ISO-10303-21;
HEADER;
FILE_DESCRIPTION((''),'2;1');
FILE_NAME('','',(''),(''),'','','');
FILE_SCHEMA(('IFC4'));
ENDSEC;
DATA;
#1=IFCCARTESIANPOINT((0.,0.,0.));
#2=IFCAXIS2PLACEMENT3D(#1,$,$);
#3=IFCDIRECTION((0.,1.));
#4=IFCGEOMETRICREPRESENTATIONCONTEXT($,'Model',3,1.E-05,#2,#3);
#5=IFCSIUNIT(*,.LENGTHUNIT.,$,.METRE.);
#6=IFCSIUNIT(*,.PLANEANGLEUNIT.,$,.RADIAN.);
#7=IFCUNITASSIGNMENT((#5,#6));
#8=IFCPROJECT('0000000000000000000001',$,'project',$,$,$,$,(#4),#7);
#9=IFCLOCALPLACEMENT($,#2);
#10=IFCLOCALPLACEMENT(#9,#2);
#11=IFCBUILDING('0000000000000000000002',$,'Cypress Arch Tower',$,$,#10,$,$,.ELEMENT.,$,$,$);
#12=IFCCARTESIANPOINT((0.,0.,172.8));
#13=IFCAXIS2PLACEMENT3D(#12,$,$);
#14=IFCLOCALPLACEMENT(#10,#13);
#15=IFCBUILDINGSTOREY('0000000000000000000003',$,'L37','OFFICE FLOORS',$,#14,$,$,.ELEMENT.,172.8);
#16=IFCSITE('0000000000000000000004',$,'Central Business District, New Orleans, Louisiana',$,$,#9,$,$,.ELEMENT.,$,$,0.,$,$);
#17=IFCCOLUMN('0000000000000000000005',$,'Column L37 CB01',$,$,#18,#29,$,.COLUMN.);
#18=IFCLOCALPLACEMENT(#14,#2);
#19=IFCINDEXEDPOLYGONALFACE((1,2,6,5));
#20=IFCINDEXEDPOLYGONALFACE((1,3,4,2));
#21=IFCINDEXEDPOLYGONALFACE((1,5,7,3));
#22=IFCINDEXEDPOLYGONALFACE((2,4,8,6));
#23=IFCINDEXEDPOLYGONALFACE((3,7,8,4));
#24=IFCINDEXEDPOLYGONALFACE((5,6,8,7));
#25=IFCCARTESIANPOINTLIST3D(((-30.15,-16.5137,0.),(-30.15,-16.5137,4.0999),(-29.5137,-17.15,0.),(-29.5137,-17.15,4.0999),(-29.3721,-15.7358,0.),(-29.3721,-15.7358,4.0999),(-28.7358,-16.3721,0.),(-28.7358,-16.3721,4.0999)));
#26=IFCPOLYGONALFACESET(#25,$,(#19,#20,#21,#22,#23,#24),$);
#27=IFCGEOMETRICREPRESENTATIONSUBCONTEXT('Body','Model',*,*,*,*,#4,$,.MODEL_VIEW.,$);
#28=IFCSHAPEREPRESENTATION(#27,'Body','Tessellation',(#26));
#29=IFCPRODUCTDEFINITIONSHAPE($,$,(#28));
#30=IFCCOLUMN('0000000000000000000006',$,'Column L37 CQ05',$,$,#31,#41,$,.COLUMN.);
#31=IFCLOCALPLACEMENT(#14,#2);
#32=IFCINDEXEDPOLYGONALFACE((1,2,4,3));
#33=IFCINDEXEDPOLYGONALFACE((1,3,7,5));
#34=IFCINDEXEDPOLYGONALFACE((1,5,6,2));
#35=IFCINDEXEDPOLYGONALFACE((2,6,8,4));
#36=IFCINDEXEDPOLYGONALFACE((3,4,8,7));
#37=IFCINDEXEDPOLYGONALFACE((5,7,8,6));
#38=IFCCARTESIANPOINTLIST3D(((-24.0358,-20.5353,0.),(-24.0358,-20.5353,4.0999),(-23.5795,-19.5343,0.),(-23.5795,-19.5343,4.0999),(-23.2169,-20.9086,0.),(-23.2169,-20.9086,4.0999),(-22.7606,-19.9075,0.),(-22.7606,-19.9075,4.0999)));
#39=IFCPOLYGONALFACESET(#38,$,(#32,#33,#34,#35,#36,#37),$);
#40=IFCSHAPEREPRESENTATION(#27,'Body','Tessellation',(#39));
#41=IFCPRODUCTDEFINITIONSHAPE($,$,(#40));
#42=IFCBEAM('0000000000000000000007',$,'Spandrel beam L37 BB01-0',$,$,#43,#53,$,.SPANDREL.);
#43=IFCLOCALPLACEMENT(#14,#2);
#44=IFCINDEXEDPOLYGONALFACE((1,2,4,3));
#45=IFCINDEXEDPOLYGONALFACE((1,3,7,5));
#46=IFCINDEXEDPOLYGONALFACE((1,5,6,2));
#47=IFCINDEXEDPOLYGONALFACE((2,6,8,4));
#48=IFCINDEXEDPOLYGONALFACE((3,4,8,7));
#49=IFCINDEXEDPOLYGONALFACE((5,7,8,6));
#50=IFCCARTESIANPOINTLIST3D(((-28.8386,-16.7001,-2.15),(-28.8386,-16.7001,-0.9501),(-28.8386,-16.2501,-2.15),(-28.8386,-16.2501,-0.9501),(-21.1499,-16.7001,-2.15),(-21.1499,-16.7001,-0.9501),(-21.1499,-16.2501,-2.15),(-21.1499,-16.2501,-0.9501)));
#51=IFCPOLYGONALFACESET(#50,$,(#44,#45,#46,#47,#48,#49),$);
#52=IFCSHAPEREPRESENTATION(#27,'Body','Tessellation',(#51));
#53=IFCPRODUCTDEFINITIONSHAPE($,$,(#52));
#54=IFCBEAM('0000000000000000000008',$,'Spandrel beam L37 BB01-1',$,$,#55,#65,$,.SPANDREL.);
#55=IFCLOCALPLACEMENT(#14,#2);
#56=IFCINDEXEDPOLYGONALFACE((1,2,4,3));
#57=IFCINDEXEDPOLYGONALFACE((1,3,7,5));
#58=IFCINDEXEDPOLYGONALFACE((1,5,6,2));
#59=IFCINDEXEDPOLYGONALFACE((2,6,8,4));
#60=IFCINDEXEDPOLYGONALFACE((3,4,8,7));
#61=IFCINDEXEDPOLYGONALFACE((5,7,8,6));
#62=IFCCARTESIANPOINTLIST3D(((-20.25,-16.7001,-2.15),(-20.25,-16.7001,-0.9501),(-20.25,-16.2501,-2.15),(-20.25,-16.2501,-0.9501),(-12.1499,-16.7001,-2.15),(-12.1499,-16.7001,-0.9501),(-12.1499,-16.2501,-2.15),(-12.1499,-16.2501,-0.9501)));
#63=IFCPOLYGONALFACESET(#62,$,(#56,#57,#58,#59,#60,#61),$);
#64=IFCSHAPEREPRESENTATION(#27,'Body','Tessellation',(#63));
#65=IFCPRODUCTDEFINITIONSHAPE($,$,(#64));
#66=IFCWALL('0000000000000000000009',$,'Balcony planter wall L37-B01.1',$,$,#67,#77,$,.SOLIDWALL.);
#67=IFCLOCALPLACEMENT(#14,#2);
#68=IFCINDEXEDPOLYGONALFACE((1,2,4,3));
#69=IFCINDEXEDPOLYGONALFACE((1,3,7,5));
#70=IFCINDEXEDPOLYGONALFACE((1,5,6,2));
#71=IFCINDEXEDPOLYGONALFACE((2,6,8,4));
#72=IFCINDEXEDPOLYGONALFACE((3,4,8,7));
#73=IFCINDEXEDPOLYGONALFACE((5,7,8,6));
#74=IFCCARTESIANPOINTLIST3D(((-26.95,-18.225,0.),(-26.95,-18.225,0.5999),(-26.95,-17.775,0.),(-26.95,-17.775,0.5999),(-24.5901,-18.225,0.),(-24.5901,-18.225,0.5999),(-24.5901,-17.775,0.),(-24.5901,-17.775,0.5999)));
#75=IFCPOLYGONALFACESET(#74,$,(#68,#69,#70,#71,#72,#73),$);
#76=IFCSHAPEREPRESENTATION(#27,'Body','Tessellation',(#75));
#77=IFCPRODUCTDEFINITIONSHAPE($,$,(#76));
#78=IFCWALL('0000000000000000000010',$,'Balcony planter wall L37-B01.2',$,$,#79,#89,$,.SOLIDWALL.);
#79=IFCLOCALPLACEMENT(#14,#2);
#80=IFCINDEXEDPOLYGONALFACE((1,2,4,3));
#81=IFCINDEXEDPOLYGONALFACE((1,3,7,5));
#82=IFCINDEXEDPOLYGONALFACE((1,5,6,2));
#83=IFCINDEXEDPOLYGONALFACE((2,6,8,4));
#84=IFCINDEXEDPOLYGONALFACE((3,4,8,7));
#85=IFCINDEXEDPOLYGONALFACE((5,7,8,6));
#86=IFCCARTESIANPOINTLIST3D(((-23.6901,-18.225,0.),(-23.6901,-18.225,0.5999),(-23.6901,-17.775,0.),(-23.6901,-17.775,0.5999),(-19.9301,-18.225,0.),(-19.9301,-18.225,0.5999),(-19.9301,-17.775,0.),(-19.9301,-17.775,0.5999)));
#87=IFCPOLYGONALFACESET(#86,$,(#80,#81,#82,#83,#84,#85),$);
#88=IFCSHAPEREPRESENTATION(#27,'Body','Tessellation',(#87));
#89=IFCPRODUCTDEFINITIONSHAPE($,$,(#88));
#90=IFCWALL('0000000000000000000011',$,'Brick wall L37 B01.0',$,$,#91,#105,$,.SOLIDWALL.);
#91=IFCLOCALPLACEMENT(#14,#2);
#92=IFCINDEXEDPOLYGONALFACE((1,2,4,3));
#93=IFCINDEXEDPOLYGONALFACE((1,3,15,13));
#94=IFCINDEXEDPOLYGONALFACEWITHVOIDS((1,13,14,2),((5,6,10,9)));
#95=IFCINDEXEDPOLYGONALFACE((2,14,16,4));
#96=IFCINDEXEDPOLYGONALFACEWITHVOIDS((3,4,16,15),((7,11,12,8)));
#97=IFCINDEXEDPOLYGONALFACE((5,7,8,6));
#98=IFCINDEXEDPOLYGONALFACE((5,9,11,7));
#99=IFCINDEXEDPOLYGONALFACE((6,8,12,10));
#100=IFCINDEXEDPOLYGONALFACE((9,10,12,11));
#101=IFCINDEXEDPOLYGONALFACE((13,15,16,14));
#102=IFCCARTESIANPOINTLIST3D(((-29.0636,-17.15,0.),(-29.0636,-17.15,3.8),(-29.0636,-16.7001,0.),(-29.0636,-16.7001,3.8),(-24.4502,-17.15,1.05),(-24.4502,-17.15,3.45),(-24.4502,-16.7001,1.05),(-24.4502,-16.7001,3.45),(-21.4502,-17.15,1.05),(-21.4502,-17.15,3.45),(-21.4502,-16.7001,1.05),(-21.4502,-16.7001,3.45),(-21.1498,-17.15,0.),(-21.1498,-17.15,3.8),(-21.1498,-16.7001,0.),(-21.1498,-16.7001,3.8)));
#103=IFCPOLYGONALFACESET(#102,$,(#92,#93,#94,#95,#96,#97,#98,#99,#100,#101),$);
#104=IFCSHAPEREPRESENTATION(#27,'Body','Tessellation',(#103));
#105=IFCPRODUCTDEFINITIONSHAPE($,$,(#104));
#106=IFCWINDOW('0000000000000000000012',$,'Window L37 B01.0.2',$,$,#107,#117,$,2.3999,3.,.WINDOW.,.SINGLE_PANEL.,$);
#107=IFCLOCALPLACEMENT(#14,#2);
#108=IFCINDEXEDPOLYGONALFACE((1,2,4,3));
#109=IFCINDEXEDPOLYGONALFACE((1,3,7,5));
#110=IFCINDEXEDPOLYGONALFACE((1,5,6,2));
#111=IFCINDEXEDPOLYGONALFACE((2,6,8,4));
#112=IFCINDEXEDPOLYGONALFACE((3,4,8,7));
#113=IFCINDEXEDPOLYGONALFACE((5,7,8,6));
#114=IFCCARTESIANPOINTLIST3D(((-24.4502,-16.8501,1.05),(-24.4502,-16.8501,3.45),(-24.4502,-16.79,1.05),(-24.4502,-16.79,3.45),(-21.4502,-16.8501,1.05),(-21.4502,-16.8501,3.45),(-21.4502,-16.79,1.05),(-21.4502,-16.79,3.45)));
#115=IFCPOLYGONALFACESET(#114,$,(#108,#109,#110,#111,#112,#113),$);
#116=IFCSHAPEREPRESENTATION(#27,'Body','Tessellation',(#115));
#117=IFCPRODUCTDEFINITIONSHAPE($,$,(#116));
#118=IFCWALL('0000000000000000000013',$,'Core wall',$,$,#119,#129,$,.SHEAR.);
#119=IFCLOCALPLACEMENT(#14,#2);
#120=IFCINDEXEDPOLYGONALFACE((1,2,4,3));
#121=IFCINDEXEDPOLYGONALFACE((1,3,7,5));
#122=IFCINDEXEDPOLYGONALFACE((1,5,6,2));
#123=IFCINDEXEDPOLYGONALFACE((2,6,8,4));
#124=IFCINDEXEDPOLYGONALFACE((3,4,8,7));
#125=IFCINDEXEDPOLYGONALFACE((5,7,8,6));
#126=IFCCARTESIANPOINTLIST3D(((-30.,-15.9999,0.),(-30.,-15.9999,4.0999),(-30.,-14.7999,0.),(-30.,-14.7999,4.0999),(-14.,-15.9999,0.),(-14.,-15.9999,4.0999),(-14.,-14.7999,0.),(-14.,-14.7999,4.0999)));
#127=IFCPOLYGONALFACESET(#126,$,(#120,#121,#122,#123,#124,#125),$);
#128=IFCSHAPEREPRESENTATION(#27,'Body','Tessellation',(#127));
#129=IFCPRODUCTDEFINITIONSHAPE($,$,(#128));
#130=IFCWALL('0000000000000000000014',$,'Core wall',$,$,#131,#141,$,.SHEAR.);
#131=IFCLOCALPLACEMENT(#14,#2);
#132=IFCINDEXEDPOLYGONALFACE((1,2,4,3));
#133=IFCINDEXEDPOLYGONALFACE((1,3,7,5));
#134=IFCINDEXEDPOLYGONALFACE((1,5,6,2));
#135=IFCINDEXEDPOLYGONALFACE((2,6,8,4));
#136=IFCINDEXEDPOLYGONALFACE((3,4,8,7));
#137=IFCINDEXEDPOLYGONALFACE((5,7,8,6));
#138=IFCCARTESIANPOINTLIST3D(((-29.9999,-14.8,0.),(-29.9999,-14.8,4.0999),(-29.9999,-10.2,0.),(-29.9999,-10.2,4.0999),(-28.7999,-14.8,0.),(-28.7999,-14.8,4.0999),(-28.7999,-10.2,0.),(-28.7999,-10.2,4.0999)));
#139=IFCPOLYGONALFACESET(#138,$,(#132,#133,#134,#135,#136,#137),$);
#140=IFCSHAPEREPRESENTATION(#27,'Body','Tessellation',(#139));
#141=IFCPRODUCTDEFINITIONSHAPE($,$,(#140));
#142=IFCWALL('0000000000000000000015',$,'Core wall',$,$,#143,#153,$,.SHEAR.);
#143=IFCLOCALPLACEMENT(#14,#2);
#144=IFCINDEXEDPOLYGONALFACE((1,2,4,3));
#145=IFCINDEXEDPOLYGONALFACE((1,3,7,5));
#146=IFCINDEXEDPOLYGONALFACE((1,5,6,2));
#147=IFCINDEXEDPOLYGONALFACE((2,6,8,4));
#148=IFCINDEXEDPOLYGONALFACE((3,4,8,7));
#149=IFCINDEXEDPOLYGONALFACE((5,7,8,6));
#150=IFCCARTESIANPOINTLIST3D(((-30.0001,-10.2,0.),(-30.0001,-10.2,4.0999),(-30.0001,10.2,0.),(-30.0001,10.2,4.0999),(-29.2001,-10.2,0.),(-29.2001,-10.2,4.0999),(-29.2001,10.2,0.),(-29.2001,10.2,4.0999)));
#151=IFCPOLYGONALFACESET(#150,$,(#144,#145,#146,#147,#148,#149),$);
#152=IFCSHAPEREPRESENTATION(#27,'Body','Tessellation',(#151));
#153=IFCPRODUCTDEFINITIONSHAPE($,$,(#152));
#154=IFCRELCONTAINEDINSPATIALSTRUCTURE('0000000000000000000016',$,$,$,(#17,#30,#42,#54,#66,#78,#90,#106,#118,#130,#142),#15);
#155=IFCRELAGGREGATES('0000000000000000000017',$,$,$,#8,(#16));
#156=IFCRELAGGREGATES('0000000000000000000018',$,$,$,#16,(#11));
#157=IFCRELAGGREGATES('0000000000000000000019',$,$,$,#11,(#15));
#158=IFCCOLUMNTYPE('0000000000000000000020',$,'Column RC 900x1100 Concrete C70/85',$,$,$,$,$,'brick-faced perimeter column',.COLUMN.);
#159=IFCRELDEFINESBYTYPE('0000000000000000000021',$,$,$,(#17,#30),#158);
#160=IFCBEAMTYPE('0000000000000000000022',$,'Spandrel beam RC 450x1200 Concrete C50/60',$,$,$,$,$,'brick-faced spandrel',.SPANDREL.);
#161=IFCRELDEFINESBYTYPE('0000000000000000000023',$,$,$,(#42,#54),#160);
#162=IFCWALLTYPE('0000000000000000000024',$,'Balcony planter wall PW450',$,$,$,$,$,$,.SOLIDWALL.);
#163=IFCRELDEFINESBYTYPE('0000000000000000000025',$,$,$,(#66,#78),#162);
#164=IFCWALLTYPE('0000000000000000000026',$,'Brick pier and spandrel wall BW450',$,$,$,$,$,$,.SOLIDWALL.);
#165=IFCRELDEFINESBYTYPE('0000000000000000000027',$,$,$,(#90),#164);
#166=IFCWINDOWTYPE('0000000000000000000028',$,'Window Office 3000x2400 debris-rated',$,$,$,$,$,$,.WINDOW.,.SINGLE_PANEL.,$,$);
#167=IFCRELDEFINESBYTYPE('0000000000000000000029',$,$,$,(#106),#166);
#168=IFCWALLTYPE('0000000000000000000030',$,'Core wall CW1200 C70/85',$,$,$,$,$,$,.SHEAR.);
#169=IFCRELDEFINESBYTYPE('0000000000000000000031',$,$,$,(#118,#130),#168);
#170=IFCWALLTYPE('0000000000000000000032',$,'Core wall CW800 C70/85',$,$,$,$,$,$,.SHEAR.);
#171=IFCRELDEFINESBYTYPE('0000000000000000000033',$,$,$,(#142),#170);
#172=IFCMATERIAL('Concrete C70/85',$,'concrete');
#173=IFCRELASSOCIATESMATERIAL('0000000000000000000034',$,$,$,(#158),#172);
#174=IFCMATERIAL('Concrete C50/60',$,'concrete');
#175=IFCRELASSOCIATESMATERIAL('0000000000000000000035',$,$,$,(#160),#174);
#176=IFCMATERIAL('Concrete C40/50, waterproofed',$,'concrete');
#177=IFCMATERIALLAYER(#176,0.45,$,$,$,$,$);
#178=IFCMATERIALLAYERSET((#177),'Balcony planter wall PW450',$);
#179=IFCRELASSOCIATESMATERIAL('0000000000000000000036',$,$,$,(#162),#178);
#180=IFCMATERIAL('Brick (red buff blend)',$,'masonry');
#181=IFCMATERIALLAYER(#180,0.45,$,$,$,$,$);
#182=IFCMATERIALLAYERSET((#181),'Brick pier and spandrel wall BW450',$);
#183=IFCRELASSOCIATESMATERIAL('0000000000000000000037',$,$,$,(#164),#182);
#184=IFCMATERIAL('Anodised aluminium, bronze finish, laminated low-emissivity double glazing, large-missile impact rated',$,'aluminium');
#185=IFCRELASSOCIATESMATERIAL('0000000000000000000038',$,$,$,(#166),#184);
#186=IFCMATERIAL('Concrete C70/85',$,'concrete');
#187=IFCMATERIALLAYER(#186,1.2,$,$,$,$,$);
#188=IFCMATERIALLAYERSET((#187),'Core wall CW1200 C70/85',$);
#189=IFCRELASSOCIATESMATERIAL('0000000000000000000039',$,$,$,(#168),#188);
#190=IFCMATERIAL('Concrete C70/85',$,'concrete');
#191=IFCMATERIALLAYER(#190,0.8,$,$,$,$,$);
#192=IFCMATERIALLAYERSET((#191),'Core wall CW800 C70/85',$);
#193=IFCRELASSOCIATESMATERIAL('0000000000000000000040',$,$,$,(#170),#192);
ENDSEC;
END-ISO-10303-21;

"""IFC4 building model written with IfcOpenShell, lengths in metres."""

from ifc_helpers import new_model, si_unit, direction, frame, frame_2d, origin, origin_2d, place, context, subcontext, project, spatial, rectangle, extrude, material, layer, layer_set, material_profile, profile_set, type_object, element, fill, save


model = new_model("IFC4")

# Units and contexts
model_context = context("Model", 3, precision=1e-05, world=origin(), true_north=direction((0.0, 1.0)))
body_context = subcontext(model_context, "Body", "Model", "MODEL_VIEW")
ifc_project = project(units=[si_unit("LENGTHUNIT", "METRE"), si_unit("PLANEANGLEUNIT", "RADIAN")], contexts=[model_context])

# Site, building, storey
site_placement = place(None, origin())
site = spatial("IfcSite", under=ifc_project, at=site_placement, Name="Central Business District, New Orleans, Louisiana", CompositionType="ELEMENT", RefElevation=0.0)
building_placement = place(site_placement, origin())
building = spatial("IfcBuilding", under=site, at=building_placement, Name="Cypress Arch Tower", CompositionType="ELEMENT")
storey_placement = place(building_placement, frame((0.0, 0.0, 172.8)))
storey = spatial("IfcBuildingStorey", under=building, at=storey_placement, Name="L37", Description="OFFICE FLOORS", CompositionType="ELEMENT", Elevation=172.8)

# Columns
ifc_material_1 = material(Name="Concrete C70/85", Category="concrete")
ifc_material_profile_1 = material_profile(ifc_material_1, rectangle(XDim=0.8999, YDim=1.1001, at=origin_2d()), Name="RC 900x1100")
ifc_profile_set_1 = profile_set([ifc_material_profile_1], Name="Concrete C70/85")
column_type = type_object("IfcColumnType", Name="Column RC 900x1100 Concrete C70/85", ElementType="brick-faced perimeter column", PredefinedType="COLUMN", material=ifc_profile_set_1)
for number, where, z_axis, x_axis, name in (
    (1, (-29.4429, -16.4429, 0.0), (0.0, 0.0, 1.0), (0.707107, -0.707107, 0.0), "Column L37 CB01"),
    (2, (-23.3982, -20.2214, 0.0), (0.0, 0.0, 1.0), (0.909932, -0.414757, 0.0), "Column L37 CQ05"),
):
    element("IfcColumn", number, at=place(storey_placement, frame(where, z_axis=z_axis, x_axis=x_axis)), inside=storey, type_object=column_type, Name=name, PredefinedType="COLUMN", context=body_context, shape_type="SweptSolid", body=[
        extrude(rectangle(XDim=0.8999, YDim=1.1001, at=origin_2d()), origin(), (0.0, 0.0, 1.0), 4.0999),
    ])

# Beams
ifc_material_2 = material(Name="Concrete C50/60", Category="concrete")
ifc_material_profile_2 = material_profile(ifc_material_2, rectangle(XDim=0.45, YDim=1.2, at=origin_2d()), Name="RC 450x1200")
ifc_profile_set_2 = profile_set([ifc_material_profile_2], Name="Concrete C50/60")
beam_type = type_object("IfcBeamType", Name="Spandrel beam RC 450x1200 Concrete C50/60", ElementType="brick-faced spandrel", PredefinedType="SPANDREL", material=ifc_profile_set_2)
beam_1_placement = place(storey_placement, frame((-28.8386, -16.4751, -1.55), z_axis=(1.0, 0.0, 0.0), x_axis=(0.0, 1.0, 0.0)))
element("IfcBeam", 3, at=beam_1_placement, inside=storey, type_object=beam_type, Name="Spandrel beam L37 BB01-0", PredefinedType="SPANDREL", context=body_context, shape_type="SweptSolid", body=[
    extrude(rectangle(XDim=0.45, YDim=1.2, at=origin_2d()), origin(), (0.0, 0.0, 1.0), 7.6887),
])
beam_2_placement = place(storey_placement, frame((-20.25, -16.4751, -1.55), z_axis=(1.0, 0.0, 0.0), x_axis=(0.0, 1.0, 0.0)))
element("IfcBeam", 4, at=beam_2_placement, inside=storey, type_object=beam_type, Name="Spandrel beam L37 BB01-1", PredefinedType="SPANDREL", context=body_context, shape_type="SweptSolid", body=[
    extrude(rectangle(XDim=0.45, YDim=1.2, at=origin_2d()), origin(), (0.0, 0.0, 1.0), 8.1001),
])

# Walls
ifc_material_3 = material(Name="Concrete C40/50, waterproofed", Category="concrete")
ifc_layer_1 = layer(ifc_material_3, 0.45)
ifc_layer_set_1 = layer_set([ifc_layer_1], Name="Balcony planter wall PW450")
wall_type_1 = type_object("IfcWallType", Name="Balcony planter wall PW450", PredefinedType="SOLIDWALL", material=ifc_layer_set_1)
wall_1_placement = place(storey_placement, frame((-26.95, -18.0, 0.0), z_axis=(0.0, 0.0, 1.0), x_axis=(1.0, 0.0, 0.0)))
element("IfcWall", 5, at=wall_1_placement, inside=storey, type_object=wall_type_1, Name="Balcony planter wall L37-B01.1", PredefinedType="SOLIDWALL", context=body_context, shape_type="SweptSolid", body=[
    extrude(rectangle(XDim=2.3599, YDim=0.45, at=frame_2d((1.1799, 0.0))), origin(), (0.0, 0.0, 1.0), 0.5999),
])
wall_2_placement = place(storey_placement, frame((-23.6899, -18.0, 0.0), z_axis=(0.0, 0.0, 1.0), x_axis=(1.0, 0.0, 0.0)))
element("IfcWall", 6, at=wall_2_placement, inside=storey, type_object=wall_type_1, Name="Balcony planter wall L37-B01.2", PredefinedType="SOLIDWALL", context=body_context, shape_type="SweptSolid", body=[
    extrude(rectangle(XDim=3.76, YDim=0.45, at=frame_2d((1.8799, 0.0))), origin(), (0.0, 0.0, 1.0), 0.5999),
])

# Wall, opening, window
ifc_material_4 = material(Name="Brick (red buff blend)", Category="masonry")
ifc_layer_2 = layer(ifc_material_4, 0.45)
ifc_layer_set_2 = layer_set([ifc_layer_2], Name="Brick pier and spandrel wall BW450")
wall_type_2 = type_object("IfcWallType", Name="Brick pier and spandrel wall BW450", PredefinedType="SOLIDWALL", material=ifc_layer_set_2)
wall_3_placement = place(storey_placement, frame((-29.0637, -16.925, 0.0), z_axis=(0.0, 0.0, 1.0), x_axis=(1.0, 0.0, 0.0)))
wall_3 = element("IfcWall", 7, at=wall_3_placement, inside=storey, type_object=wall_type_2, Name="Brick wall L37 B01.0", PredefinedType="SOLIDWALL", context=body_context, shape_type="SweptSolid", body=[
    extrude(rectangle(XDim=7.9138, YDim=0.45, at=frame_2d((3.957, 0.0))), origin(), (0.0, 0.0, 1.0), 3.8),
])
opening_1_placement = place(wall_3_placement, frame((4.6135, 0.0, 1.05)))
opening_1 = element("IfcOpeningElement", 8, at=opening_1_placement, cuts=wall_3, PredefinedType="OPENING", context=body_context, shape_type="SweptSolid", body=[
    extrude(rectangle(XDim=3.0, YDim=2.3999, at=frame_2d((1.5, 1.2))), frame((0.0, 0.2349, 0.0), z_axis=(0.0, -1.0, 0.0), x_axis=(1.0, 0.0, 0.0)), (0.0, 0.0, 1.0), 0.47),
])
ifc_material_5 = material(Name="Anodised aluminium, bronze finish, laminated low-emissivity double glazing, large-missile impact rated", Category="aluminium")
window_type = type_object("IfcWindowType", Name="Window Office 3000x2400 debris-rated", PartitioningType="SINGLE_PANEL", PredefinedType="WINDOW", material=ifc_material_5)
window_placement = place(opening_1_placement, origin())
window = element("IfcWindow", 9, at=window_placement, inside=storey, type_object=window_type, Name="Window L37 B01.0.2", OverallHeight=2.3999, OverallWidth=3.0, PartitioningType="SINGLE_PANEL", PredefinedType="WINDOW", context=body_context, shape_type="SweptSolid", body=[
    extrude(rectangle(XDim=3.0, YDim=2.3999, at=frame_2d((1.5, 1.2))), frame((0.0, 0.135, 0.0), z_axis=(0.0, -1.0, 0.0), x_axis=(1.0, 0.0, 0.0)), (0.0, 0.0, 1.0), 0.0601),
])
fill(opening_1, window)

# Walls
ifc_material_6 = material(Name="Concrete C70/85", Category="concrete")
ifc_layer_3 = layer(ifc_material_6, 1.2)
ifc_layer_set_3 = layer_set([ifc_layer_3], Name="Core wall CW1200 C70/85")
wall_type_3 = type_object("IfcWallType", Name="Core wall CW1200 C70/85", PredefinedType="SHEAR", material=ifc_layer_set_3)
wall_4_placement = place(storey_placement, frame((-30.0, -15.3999, 0.0), z_axis=(0.0, 0.0, 1.0), x_axis=(1.0, 0.0, 0.0)))
element("IfcWall", 10, at=wall_4_placement, inside=storey, type_object=wall_type_3, Name="Core wall", PredefinedType="SHEAR", context=body_context, shape_type="SweptSolid", body=[
    extrude(rectangle(XDim=16.0, YDim=1.2, at=frame_2d((8.0, 0.0))), origin(), (0.0, 0.0, 1.0), 4.0999),
])
wall_5_placement = place(storey_placement, frame((-29.3999, -14.8, 0.0), z_axis=(0.0, 0.0, 1.0), x_axis=(0.0, 1.0, 0.0)))
element("IfcWall", 11, at=wall_5_placement, inside=storey, type_object=wall_type_3, Name="Core wall", PredefinedType="SHEAR", context=body_context, shape_type="SweptSolid", body=[
    extrude(rectangle(XDim=4.6001, YDim=1.2, at=frame_2d((2.3, 0.0))), origin(), (0.0, 0.0, 1.0), 4.0999),
])
ifc_material_7 = material(Name="Concrete C70/85", Category="concrete")
ifc_layer_4 = layer(ifc_material_7, 0.8)
ifc_layer_set_4 = layer_set([ifc_layer_4], Name="Core wall CW800 C70/85")
wall_type_4 = type_object("IfcWallType", Name="Core wall CW800 C70/85", PredefinedType="SHEAR", material=ifc_layer_set_4)
wall_6_placement = place(storey_placement, frame((-29.6001, -10.2, 0.0), z_axis=(0.0, 0.0, 1.0), x_axis=(0.0, 1.0, 0.0)))
element("IfcWall", 12, at=wall_6_placement, inside=storey, type_object=wall_type_4, Name="Core wall", PredefinedType="SHEAR", context=body_context, shape_type="SweptSolid", body=[
    extrude(rectangle(XDim=20.3999, YDim=0.8, at=frame_2d((10.2, 0.0))), origin(), (0.0, 0.0, 1.0), 4.0999),
])

save(model, "model.ifc")
